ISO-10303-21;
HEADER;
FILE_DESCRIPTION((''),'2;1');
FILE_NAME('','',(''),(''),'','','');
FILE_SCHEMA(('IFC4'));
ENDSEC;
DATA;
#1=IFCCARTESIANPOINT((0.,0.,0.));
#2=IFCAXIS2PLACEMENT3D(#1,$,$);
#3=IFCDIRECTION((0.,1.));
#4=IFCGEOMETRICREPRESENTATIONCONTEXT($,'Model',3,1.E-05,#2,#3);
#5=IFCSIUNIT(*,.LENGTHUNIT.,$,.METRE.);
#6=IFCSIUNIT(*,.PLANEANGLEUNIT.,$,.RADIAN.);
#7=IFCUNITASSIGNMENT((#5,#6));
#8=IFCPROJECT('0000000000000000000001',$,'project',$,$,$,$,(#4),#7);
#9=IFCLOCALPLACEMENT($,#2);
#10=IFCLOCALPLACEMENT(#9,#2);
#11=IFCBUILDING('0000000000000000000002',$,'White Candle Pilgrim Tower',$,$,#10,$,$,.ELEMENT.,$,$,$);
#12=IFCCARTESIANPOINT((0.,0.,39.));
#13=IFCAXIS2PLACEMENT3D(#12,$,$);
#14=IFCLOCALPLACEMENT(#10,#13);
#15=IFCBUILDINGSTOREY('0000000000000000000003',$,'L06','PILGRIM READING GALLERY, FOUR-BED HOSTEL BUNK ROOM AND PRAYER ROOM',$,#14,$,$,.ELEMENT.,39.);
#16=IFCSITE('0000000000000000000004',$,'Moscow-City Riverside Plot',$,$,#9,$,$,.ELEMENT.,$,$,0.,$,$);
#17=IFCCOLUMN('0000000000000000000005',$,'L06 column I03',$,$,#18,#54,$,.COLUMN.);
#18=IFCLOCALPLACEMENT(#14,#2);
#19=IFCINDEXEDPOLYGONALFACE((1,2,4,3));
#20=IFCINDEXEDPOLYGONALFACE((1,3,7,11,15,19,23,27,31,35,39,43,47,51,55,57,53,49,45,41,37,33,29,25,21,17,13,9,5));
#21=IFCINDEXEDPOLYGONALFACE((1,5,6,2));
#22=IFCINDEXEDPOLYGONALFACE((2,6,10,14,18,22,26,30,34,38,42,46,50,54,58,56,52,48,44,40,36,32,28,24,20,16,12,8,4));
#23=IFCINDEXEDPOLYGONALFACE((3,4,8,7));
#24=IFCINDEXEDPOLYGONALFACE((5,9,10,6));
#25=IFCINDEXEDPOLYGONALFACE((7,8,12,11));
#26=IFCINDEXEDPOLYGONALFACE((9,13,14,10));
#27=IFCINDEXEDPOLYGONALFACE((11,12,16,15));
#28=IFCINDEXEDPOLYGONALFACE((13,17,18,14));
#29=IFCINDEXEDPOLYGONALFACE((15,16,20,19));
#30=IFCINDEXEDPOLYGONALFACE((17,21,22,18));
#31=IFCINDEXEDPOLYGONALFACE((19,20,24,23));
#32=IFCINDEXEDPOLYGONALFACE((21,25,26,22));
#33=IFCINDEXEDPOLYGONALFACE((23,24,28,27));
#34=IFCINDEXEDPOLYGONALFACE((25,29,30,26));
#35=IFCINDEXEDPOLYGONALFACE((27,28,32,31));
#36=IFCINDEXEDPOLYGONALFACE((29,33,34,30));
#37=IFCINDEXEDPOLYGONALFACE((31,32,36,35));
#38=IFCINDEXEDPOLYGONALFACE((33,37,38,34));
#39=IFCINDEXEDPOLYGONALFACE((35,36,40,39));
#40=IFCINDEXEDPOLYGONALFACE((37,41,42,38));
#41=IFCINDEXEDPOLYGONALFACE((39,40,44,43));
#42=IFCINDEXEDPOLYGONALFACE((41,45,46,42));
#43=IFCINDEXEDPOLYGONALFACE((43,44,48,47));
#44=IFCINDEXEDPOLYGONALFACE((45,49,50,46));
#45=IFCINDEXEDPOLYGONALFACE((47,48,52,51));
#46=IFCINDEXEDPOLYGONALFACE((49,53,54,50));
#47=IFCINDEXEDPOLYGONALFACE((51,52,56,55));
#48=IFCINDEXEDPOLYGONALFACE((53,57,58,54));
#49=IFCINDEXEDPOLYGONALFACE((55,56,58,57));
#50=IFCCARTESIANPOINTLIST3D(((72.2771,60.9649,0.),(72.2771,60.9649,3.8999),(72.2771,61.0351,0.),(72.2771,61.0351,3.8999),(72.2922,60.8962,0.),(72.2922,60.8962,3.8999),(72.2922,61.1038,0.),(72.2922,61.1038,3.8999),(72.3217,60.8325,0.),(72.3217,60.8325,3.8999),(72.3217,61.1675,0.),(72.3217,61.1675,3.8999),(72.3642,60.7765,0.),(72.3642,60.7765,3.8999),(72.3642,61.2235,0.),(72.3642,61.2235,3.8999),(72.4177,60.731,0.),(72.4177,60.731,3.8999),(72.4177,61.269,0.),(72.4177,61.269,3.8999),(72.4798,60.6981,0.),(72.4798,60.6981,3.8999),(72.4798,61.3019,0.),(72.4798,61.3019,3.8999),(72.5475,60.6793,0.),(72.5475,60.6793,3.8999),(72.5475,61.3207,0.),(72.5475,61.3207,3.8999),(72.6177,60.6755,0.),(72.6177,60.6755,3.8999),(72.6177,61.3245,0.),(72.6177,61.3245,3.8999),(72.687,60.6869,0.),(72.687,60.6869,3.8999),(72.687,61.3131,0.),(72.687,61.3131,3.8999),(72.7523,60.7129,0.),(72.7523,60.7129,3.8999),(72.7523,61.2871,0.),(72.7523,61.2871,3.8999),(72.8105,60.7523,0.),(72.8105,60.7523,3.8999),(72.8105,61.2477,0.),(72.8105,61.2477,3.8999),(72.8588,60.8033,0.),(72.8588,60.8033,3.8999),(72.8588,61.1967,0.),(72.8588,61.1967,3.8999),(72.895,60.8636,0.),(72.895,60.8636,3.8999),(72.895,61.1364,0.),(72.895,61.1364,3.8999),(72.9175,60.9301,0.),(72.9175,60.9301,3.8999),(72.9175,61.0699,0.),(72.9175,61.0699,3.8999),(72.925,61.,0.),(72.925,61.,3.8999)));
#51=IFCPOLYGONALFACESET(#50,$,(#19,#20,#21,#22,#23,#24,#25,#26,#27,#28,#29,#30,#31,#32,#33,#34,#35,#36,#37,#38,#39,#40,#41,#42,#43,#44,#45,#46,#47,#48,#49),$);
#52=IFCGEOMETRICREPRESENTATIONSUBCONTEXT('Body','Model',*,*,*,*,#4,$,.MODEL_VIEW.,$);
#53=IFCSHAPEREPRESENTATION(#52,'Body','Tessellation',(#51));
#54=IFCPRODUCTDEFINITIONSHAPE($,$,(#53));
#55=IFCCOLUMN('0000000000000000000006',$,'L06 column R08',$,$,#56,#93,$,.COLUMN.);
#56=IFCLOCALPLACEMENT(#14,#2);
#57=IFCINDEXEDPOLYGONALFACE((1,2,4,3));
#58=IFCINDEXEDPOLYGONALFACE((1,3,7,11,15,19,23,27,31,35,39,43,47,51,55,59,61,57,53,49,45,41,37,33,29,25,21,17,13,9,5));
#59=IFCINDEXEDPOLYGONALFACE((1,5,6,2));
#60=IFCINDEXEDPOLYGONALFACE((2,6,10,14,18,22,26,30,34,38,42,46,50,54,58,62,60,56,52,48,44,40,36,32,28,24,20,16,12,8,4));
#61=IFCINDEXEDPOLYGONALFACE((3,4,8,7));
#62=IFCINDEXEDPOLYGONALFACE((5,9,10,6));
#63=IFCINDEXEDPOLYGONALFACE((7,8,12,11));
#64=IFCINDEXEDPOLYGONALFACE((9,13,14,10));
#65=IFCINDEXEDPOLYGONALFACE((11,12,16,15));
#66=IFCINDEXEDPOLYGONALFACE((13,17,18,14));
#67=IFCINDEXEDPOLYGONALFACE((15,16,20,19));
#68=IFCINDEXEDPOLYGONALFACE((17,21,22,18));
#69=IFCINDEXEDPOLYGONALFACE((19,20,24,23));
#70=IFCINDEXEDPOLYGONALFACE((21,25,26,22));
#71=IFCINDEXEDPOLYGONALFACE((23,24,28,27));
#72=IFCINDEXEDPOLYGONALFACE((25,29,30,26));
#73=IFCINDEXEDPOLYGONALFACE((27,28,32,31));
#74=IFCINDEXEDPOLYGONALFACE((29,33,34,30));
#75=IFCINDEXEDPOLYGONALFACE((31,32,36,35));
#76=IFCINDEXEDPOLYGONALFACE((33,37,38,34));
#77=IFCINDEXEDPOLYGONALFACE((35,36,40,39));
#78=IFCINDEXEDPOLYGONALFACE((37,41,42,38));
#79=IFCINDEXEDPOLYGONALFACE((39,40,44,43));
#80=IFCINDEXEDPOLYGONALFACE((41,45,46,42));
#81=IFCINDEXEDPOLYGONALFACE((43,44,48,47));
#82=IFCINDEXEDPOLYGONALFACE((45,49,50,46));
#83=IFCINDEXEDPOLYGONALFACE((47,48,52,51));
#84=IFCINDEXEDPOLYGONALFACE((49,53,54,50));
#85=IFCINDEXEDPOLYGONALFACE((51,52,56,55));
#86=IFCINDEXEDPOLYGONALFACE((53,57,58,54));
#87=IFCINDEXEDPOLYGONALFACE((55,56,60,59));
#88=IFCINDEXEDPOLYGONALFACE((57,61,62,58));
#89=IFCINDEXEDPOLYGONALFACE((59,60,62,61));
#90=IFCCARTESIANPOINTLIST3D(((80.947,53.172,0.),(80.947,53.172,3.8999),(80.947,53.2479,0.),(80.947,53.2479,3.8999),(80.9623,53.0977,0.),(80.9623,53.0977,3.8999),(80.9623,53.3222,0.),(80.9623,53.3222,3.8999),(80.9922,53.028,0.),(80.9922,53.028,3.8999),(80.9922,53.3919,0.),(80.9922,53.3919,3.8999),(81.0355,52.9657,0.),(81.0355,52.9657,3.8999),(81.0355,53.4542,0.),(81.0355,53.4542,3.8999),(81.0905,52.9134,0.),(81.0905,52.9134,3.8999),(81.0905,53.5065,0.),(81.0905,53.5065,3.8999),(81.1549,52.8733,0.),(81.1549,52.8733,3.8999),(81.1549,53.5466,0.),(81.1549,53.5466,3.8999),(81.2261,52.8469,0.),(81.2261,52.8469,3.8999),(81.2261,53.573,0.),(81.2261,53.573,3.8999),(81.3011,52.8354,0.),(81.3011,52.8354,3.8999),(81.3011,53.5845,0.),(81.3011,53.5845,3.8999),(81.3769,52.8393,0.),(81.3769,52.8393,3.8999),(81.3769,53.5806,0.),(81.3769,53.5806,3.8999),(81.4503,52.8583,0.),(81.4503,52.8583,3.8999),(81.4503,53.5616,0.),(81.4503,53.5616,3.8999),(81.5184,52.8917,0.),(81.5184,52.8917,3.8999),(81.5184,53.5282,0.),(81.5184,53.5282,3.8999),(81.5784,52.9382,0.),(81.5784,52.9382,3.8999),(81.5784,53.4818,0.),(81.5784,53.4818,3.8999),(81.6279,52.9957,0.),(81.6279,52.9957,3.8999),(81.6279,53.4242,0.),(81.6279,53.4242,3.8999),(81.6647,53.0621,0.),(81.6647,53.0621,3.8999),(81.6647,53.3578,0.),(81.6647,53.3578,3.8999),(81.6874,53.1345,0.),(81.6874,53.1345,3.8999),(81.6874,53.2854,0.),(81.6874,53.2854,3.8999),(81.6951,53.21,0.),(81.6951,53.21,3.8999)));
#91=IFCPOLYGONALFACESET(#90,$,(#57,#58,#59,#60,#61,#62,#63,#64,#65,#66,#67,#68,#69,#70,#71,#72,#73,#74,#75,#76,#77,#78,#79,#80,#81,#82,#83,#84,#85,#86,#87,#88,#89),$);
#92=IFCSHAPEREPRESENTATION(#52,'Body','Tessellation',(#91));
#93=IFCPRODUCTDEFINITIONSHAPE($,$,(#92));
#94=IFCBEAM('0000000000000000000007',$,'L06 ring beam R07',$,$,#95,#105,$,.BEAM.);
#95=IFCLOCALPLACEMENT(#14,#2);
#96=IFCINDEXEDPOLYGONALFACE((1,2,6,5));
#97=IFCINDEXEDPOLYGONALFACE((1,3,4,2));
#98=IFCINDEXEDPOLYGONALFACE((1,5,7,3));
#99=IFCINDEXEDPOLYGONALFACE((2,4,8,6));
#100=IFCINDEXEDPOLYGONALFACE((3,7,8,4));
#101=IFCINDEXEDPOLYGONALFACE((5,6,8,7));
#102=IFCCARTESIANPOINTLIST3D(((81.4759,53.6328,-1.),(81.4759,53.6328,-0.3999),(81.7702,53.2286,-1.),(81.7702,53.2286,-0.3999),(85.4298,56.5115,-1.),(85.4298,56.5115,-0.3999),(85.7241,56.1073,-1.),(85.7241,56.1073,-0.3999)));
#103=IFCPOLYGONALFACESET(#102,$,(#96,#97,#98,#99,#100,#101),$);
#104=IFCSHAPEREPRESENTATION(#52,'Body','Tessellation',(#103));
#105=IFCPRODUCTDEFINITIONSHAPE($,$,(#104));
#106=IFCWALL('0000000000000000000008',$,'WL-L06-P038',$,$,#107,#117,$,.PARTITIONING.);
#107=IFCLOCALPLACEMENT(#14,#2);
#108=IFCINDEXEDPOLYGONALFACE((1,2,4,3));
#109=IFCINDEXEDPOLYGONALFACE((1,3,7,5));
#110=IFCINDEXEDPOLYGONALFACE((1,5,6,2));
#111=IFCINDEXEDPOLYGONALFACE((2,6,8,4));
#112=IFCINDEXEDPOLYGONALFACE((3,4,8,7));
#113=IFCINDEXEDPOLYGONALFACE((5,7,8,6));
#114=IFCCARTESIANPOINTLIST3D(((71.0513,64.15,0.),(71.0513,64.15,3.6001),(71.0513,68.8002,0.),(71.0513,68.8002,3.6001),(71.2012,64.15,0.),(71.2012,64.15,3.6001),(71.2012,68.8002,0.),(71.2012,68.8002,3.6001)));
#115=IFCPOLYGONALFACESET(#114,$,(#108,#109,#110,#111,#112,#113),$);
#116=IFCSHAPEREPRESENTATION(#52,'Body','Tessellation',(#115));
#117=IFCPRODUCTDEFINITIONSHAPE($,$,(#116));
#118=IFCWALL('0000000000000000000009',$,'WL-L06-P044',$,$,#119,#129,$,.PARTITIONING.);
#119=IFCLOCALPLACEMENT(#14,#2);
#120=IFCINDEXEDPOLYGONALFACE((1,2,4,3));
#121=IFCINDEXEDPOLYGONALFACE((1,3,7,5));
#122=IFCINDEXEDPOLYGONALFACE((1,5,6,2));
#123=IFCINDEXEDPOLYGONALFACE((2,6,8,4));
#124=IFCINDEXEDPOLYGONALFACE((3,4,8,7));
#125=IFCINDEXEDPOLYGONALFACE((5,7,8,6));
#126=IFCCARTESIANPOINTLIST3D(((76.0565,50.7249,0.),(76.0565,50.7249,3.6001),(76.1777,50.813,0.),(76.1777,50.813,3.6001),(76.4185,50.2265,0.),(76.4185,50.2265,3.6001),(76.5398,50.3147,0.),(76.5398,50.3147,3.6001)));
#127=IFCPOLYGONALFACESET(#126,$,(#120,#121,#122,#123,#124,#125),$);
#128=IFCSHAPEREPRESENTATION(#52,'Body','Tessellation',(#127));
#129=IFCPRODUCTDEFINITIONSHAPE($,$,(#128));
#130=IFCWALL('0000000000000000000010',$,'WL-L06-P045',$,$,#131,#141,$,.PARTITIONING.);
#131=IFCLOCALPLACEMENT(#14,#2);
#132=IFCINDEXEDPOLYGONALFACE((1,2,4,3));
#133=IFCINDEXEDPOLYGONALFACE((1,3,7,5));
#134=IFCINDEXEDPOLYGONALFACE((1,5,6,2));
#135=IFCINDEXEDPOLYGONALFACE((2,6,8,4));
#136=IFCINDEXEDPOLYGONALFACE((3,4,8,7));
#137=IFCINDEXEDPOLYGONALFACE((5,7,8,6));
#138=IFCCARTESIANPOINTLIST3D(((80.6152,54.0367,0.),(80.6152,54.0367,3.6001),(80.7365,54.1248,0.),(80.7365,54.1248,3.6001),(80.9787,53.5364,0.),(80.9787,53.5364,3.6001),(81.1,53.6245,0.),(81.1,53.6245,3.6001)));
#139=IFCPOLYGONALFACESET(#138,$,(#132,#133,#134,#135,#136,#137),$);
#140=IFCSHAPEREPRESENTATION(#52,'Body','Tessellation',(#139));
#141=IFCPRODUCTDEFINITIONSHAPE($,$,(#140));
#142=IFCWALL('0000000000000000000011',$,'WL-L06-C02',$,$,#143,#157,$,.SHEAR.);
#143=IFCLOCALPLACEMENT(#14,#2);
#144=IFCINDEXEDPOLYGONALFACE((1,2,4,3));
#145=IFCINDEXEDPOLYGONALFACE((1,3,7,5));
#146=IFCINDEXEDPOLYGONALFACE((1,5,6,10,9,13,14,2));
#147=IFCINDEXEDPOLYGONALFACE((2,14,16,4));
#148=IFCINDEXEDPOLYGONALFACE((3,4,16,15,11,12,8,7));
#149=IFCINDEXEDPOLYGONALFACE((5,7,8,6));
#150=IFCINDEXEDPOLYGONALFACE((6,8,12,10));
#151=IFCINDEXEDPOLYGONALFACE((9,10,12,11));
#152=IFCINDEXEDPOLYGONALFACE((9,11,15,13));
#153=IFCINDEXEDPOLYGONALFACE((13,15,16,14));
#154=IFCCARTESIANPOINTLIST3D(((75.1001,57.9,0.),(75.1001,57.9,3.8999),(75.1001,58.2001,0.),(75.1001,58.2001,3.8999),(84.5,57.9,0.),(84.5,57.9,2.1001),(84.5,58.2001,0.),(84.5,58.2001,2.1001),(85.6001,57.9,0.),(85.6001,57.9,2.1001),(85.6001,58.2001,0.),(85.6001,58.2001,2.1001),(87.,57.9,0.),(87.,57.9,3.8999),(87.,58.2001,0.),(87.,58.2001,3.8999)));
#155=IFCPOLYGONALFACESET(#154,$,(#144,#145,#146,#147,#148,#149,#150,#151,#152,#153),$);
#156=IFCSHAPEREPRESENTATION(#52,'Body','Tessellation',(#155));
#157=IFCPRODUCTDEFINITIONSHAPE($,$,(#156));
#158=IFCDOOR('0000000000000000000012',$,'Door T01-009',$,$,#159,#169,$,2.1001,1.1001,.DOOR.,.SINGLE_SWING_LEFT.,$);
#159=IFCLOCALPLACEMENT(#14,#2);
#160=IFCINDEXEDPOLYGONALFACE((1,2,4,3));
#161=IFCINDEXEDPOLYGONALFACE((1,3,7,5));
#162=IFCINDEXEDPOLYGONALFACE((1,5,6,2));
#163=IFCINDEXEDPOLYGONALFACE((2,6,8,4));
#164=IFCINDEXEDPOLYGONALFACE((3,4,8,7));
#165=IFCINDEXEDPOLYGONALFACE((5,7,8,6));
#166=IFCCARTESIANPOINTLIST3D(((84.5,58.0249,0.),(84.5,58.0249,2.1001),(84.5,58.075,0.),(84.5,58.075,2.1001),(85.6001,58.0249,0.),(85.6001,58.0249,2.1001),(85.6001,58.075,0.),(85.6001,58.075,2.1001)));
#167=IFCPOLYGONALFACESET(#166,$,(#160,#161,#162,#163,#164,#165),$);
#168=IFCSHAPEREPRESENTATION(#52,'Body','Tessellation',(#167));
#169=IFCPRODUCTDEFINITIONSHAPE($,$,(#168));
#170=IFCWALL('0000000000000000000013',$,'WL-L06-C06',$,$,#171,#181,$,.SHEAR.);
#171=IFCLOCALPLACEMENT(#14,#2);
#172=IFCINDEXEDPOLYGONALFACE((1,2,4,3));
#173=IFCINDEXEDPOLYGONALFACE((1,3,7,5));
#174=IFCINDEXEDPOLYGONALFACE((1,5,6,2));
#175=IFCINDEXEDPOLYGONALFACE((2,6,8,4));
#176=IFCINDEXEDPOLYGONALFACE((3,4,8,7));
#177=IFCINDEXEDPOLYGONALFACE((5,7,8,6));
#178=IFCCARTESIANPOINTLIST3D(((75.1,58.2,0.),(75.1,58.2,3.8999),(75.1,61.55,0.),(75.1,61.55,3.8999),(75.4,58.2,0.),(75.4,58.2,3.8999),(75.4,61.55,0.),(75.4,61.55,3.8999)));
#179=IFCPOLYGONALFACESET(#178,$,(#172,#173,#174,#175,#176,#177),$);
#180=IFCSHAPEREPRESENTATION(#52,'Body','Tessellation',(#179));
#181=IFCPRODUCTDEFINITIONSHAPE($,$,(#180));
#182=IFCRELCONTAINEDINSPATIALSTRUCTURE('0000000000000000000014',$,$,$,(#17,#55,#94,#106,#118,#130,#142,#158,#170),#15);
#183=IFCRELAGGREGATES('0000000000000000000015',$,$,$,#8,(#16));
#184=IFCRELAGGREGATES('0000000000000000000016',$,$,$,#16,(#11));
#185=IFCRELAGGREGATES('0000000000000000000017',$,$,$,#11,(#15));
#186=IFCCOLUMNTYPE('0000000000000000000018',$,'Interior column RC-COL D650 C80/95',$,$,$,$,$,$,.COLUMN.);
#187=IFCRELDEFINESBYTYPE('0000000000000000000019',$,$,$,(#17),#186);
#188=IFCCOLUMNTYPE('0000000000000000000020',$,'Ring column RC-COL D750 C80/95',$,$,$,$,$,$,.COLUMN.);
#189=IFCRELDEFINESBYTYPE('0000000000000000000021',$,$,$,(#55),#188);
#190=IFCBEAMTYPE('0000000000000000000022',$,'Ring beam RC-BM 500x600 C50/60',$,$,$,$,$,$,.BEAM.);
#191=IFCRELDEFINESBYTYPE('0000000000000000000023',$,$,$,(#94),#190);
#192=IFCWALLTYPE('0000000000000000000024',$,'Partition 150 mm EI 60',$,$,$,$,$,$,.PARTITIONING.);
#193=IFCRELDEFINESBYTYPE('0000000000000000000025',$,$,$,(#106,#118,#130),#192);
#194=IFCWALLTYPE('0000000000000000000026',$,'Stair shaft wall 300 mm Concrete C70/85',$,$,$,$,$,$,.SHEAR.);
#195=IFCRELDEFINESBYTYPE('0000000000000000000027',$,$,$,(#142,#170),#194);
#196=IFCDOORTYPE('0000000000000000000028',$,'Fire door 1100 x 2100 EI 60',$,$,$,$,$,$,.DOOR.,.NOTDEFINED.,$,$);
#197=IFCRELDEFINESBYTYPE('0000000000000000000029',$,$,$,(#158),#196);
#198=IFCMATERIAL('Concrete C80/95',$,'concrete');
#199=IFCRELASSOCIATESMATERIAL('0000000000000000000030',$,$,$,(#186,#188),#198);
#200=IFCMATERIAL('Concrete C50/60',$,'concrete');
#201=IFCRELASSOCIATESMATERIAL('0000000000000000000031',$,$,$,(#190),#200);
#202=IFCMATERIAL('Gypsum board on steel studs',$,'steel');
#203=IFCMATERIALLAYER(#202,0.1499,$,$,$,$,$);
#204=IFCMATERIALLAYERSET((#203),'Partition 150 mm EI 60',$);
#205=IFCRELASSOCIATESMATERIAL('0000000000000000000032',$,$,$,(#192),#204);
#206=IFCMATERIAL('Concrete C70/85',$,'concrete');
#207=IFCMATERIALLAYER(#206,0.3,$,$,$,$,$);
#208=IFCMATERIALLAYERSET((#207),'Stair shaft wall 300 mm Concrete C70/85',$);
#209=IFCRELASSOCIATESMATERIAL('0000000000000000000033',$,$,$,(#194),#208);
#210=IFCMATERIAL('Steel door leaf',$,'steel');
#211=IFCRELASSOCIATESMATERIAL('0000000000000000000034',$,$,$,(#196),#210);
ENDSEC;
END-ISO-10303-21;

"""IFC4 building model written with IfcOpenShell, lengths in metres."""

from ifc_helpers import new_model, si_unit, direction, frame, frame_2d, origin, origin_2d, place, context, subcontext, project, spatial, rectangle, circle, extrude, material, layer, layer_set, material_profile, profile_set, type_object, element, fill, save


model = new_model("IFC4")

# Units and contexts
model_context = context("Model", 3, precision=1e-05, world=origin(), true_north=direction((0.0, 1.0)))
body_context = subcontext(model_context, "Body", "Model", "MODEL_VIEW")
ifc_project = project(units=[si_unit("LENGTHUNIT", "METRE"), si_unit("PLANEANGLEUNIT", "RADIAN")], contexts=[model_context])

# Site, building, storey
site_placement = place(None, origin())
site = spatial("IfcSite", under=ifc_project, at=site_placement, Name="Moscow-City Riverside Plot", CompositionType="ELEMENT", RefElevation=0.0)
building_placement = place(site_placement, origin())
building = spatial("IfcBuilding", under=site, at=building_placement, Name="White Candle Pilgrim Tower", CompositionType="ELEMENT")
storey_placement = place(building_placement, frame((0.0, 0.0, 39.0)))
storey = spatial("IfcBuildingStorey", under=building, at=storey_placement, Name="L06", Description="PILGRIM READING GALLERY, FOUR-BED HOSTEL BUNK ROOM AND PRAYER ROOM", CompositionType="ELEMENT", Elevation=39.0)

# Columns
ifc_material_1 = material(Name="Concrete C80/95", Category="concrete")
ifc_material_profile_1 = material_profile(ifc_material_1, circle(Radius=0.325, at=origin_2d()), Name="RC-COL D650")
ifc_profile_set_1 = profile_set([ifc_material_profile_1], Name="Concrete C80/95")
column_type_1 = type_object("IfcColumnType", Name="Interior column RC-COL D650 C80/95", PredefinedType="COLUMN", material=ifc_profile_set_1)
column_1_placement = place(storey_placement, frame((72.6001, 61.0, 0.0), z_axis=(0.0, 0.0, 1.0), x_axis=(1.0, 0.0, 0.0)))
element("IfcColumn", 1, at=column_1_placement, inside=storey, type_object=column_type_1, Name="L06 column I03", PredefinedType="COLUMN", context=body_context, shape_type="SweptSolid", body=[
    extrude(circle(Radius=0.325, at=origin_2d()), origin(), (0.0, 0.0, 1.0), 3.8999),
])
ifc_material_profile_2 = material_profile(ifc_material_1, circle(Radius=0.375, at=origin_2d()), Name="RC-COL D750")
ifc_profile_set_2 = profile_set([ifc_material_profile_2], Name="Concrete C80/95")
column_type_2 = type_object("IfcColumnType", Name="Ring column RC-COL D750 C80/95", PredefinedType="COLUMN", material=ifc_profile_set_2)
column_2_placement = place(storey_placement, frame((81.3201, 53.21, 0.0), z_axis=(0.0, 0.0, 1.0), x_axis=(1.0, 0.0, 0.0)))
element("IfcColumn", 2, at=column_2_placement, inside=storey, type_object=column_type_2, Name="L06 column R08", PredefinedType="COLUMN", context=body_context, shape_type="SweptSolid", body=[
    extrude(circle(Radius=0.375, at=origin_2d()), origin(), (0.0, 0.0, 1.0), 3.8999),
])

# Beam
ifc_material_2 = material(Name="Concrete C50/60", Category="concrete")
ifc_material_profile_3 = material_profile(ifc_material_2, rectangle(XDim=0.5, YDim=0.6001, at=origin_2d()), Name="RC-BM 500x600")
ifc_profile_set_3 = profile_set([ifc_material_profile_3], Name="Concrete C50/60")
beam_type = type_object("IfcBeamType", Name="Ring beam RC-BM 500x600 C50/60", PredefinedType="BEAM", material=ifc_profile_set_3)
beam_placement = place(storey_placement, frame((81.623, 53.4307, -0.7), z_axis=(0.808432, 0.58859, 0.0), x_axis=(-0.58859, 0.808432, 0.0)))
element("IfcBeam", 3, at=beam_placement, inside=storey, type_object=beam_type, Name="L06 ring beam R07", PredefinedType="BEAM", context=body_context, shape_type="SweptSolid", body=[
    extrude(rectangle(XDim=0.5, YDim=0.6001, at=origin_2d()), origin(), (0.0, 0.0, 1.0), 4.8909),
])

# Walls
ifc_material_3 = material(Name="Gypsum board on steel studs", Category="steel")
ifc_layer_1 = layer(ifc_material_3, 0.1499)
ifc_layer_set_1 = layer_set([ifc_layer_1], Name="Partition 150 mm EI 60")
wall_type_1 = type_object("IfcWallType", Name="Partition 150 mm EI 60", PredefinedType="PARTITIONING", material=ifc_layer_set_1)
wall_1_placement = place(storey_placement, frame((71.1262, 64.1499, 0.0), z_axis=(0.0, 0.0, 1.0), x_axis=(0.0, 1.0, 0.0)))
element("IfcWall", 4, at=wall_1_placement, inside=storey, type_object=wall_type_1, Name="WL-L06-P038", PredefinedType="PARTITIONING", context=body_context, shape_type="SweptSolid", body=[
    extrude(rectangle(XDim=4.6501, YDim=0.1499, at=frame_2d((2.3252, 0.0))), origin(), (0.0, 0.0, 1.0), 3.6001),
])
wall_2_placement = place(storey_placement, frame((76.4792, 50.2705, 0.0), z_axis=(0.0, 0.0, 1.0), x_axis=(-0.587818, 0.808993, 0.0)))
element("IfcWall", 5, at=wall_2_placement, inside=storey, type_object=wall_type_1, Name="WL-L06-P044", PredefinedType="PARTITIONING", context=body_context, shape_type="SweptSolid", body=[
    extrude(rectangle(XDim=0.616, YDim=0.1499, at=frame_2d((0.3081, 0.0))), origin(), (0.0, 0.0, 1.0), 3.6001),
])
wall_3_placement = place(storey_placement, frame((81.0393, 53.5806, 0.0), z_axis=(0.0, 0.0, 1.0), x_axis=(-0.587866, 0.808958, 0.0)))
element("IfcWall", 6, at=wall_3_placement, inside=storey, type_object=wall_type_1, Name="WL-L06-P045", PredefinedType="PARTITIONING", context=body_context, shape_type="SweptSolid", body=[
    extrude(rectangle(XDim=0.6184, YDim=0.1499, at=frame_2d((0.3091, 0.0))), origin(), (0.0, 0.0, 1.0), 3.6001),
])

# Wall, opening, door
ifc_material_4 = material(Name="Concrete C70/85", Category="concrete")
ifc_layer_2 = layer(ifc_material_4, 0.3)
ifc_layer_set_2 = layer_set([ifc_layer_2], Name="Stair shaft wall 300 mm Concrete C70/85")
wall_type_2 = type_object("IfcWallType", Name="Stair shaft wall 300 mm Concrete C70/85", PredefinedType="SHEAR", material=ifc_layer_set_2)
wall_4_placement = place(storey_placement, frame((75.1001, 58.05, 0.0), z_axis=(0.0, 0.0, 1.0), x_axis=(1.0, 0.0, 0.0)))
wall_4 = element("IfcWall", 7, at=wall_4_placement, inside=storey, type_object=wall_type_2, Name="WL-L06-C02", PredefinedType="SHEAR", context=body_context, shape_type="SweptSolid", body=[
    extrude(rectangle(XDim=11.8999, YDim=0.3, at=frame_2d((5.95, 0.0))), origin(), (0.0, 0.0, 1.0), 3.8999),
])
opening_placement = place(wall_4_placement, frame((9.3999, 0.0, 0.0)))
opening = element("IfcOpeningElement", 8, at=opening_placement, cuts=wall_4, PredefinedType="OPENING", context=body_context, shape_type="SweptSolid", body=[
    extrude(rectangle(XDim=1.1001, YDim=2.1001, at=frame_2d((0.55, 1.05))), frame((0.0, 0.1599, 0.0), z_axis=(0.0, -1.0, 0.0), x_axis=(1.0, 0.0, 0.0)), (0.0, 0.0, 1.0), 0.3201),
])
ifc_material_5 = material(Name="Steel door leaf", Category="steel")
door_type = type_object("IfcDoorType", Name="Fire door 1100 x 2100 EI 60", OperationType="NOTDEFINED", PredefinedType="DOOR", material=ifc_material_5)
door_placement = place(opening_placement, origin())
door = element("IfcDoor", 9, at=door_placement, inside=storey, type_object=door_type, Name="Door T01-009", OperationType="SINGLE_SWING_LEFT", OverallHeight=2.1001, OverallWidth=1.1001, PredefinedType="DOOR", context=body_context, shape_type="SweptSolid", body=[
    extrude(rectangle(XDim=1.1001, YDim=2.1001, at=frame_2d((0.55, 1.05))), frame((0.0, 0.0249, 0.0), z_axis=(0.0, -1.0, 0.0), x_axis=(1.0, 0.0, 0.0)), (0.0, 0.0, 1.0), 0.05),
])
fill(opening, door)

# Wall
wall_5_placement = place(storey_placement, frame((75.25, 58.2, 0.0), z_axis=(0.0, 0.0, 1.0), x_axis=(0.0, 1.0, 0.0)))
element("IfcWall", 10, at=wall_5_placement, inside=storey, type_object=wall_type_2, Name="WL-L06-C06", PredefinedType="SHEAR", context=body_context, shape_type="SweptSolid", body=[
    extrude(rectangle(XDim=3.3501, YDim=0.3, at=frame_2d((1.675, 0.0))), origin(), (0.0, 0.0, 1.0), 3.8999),
])

save(model, "model.ifc")
